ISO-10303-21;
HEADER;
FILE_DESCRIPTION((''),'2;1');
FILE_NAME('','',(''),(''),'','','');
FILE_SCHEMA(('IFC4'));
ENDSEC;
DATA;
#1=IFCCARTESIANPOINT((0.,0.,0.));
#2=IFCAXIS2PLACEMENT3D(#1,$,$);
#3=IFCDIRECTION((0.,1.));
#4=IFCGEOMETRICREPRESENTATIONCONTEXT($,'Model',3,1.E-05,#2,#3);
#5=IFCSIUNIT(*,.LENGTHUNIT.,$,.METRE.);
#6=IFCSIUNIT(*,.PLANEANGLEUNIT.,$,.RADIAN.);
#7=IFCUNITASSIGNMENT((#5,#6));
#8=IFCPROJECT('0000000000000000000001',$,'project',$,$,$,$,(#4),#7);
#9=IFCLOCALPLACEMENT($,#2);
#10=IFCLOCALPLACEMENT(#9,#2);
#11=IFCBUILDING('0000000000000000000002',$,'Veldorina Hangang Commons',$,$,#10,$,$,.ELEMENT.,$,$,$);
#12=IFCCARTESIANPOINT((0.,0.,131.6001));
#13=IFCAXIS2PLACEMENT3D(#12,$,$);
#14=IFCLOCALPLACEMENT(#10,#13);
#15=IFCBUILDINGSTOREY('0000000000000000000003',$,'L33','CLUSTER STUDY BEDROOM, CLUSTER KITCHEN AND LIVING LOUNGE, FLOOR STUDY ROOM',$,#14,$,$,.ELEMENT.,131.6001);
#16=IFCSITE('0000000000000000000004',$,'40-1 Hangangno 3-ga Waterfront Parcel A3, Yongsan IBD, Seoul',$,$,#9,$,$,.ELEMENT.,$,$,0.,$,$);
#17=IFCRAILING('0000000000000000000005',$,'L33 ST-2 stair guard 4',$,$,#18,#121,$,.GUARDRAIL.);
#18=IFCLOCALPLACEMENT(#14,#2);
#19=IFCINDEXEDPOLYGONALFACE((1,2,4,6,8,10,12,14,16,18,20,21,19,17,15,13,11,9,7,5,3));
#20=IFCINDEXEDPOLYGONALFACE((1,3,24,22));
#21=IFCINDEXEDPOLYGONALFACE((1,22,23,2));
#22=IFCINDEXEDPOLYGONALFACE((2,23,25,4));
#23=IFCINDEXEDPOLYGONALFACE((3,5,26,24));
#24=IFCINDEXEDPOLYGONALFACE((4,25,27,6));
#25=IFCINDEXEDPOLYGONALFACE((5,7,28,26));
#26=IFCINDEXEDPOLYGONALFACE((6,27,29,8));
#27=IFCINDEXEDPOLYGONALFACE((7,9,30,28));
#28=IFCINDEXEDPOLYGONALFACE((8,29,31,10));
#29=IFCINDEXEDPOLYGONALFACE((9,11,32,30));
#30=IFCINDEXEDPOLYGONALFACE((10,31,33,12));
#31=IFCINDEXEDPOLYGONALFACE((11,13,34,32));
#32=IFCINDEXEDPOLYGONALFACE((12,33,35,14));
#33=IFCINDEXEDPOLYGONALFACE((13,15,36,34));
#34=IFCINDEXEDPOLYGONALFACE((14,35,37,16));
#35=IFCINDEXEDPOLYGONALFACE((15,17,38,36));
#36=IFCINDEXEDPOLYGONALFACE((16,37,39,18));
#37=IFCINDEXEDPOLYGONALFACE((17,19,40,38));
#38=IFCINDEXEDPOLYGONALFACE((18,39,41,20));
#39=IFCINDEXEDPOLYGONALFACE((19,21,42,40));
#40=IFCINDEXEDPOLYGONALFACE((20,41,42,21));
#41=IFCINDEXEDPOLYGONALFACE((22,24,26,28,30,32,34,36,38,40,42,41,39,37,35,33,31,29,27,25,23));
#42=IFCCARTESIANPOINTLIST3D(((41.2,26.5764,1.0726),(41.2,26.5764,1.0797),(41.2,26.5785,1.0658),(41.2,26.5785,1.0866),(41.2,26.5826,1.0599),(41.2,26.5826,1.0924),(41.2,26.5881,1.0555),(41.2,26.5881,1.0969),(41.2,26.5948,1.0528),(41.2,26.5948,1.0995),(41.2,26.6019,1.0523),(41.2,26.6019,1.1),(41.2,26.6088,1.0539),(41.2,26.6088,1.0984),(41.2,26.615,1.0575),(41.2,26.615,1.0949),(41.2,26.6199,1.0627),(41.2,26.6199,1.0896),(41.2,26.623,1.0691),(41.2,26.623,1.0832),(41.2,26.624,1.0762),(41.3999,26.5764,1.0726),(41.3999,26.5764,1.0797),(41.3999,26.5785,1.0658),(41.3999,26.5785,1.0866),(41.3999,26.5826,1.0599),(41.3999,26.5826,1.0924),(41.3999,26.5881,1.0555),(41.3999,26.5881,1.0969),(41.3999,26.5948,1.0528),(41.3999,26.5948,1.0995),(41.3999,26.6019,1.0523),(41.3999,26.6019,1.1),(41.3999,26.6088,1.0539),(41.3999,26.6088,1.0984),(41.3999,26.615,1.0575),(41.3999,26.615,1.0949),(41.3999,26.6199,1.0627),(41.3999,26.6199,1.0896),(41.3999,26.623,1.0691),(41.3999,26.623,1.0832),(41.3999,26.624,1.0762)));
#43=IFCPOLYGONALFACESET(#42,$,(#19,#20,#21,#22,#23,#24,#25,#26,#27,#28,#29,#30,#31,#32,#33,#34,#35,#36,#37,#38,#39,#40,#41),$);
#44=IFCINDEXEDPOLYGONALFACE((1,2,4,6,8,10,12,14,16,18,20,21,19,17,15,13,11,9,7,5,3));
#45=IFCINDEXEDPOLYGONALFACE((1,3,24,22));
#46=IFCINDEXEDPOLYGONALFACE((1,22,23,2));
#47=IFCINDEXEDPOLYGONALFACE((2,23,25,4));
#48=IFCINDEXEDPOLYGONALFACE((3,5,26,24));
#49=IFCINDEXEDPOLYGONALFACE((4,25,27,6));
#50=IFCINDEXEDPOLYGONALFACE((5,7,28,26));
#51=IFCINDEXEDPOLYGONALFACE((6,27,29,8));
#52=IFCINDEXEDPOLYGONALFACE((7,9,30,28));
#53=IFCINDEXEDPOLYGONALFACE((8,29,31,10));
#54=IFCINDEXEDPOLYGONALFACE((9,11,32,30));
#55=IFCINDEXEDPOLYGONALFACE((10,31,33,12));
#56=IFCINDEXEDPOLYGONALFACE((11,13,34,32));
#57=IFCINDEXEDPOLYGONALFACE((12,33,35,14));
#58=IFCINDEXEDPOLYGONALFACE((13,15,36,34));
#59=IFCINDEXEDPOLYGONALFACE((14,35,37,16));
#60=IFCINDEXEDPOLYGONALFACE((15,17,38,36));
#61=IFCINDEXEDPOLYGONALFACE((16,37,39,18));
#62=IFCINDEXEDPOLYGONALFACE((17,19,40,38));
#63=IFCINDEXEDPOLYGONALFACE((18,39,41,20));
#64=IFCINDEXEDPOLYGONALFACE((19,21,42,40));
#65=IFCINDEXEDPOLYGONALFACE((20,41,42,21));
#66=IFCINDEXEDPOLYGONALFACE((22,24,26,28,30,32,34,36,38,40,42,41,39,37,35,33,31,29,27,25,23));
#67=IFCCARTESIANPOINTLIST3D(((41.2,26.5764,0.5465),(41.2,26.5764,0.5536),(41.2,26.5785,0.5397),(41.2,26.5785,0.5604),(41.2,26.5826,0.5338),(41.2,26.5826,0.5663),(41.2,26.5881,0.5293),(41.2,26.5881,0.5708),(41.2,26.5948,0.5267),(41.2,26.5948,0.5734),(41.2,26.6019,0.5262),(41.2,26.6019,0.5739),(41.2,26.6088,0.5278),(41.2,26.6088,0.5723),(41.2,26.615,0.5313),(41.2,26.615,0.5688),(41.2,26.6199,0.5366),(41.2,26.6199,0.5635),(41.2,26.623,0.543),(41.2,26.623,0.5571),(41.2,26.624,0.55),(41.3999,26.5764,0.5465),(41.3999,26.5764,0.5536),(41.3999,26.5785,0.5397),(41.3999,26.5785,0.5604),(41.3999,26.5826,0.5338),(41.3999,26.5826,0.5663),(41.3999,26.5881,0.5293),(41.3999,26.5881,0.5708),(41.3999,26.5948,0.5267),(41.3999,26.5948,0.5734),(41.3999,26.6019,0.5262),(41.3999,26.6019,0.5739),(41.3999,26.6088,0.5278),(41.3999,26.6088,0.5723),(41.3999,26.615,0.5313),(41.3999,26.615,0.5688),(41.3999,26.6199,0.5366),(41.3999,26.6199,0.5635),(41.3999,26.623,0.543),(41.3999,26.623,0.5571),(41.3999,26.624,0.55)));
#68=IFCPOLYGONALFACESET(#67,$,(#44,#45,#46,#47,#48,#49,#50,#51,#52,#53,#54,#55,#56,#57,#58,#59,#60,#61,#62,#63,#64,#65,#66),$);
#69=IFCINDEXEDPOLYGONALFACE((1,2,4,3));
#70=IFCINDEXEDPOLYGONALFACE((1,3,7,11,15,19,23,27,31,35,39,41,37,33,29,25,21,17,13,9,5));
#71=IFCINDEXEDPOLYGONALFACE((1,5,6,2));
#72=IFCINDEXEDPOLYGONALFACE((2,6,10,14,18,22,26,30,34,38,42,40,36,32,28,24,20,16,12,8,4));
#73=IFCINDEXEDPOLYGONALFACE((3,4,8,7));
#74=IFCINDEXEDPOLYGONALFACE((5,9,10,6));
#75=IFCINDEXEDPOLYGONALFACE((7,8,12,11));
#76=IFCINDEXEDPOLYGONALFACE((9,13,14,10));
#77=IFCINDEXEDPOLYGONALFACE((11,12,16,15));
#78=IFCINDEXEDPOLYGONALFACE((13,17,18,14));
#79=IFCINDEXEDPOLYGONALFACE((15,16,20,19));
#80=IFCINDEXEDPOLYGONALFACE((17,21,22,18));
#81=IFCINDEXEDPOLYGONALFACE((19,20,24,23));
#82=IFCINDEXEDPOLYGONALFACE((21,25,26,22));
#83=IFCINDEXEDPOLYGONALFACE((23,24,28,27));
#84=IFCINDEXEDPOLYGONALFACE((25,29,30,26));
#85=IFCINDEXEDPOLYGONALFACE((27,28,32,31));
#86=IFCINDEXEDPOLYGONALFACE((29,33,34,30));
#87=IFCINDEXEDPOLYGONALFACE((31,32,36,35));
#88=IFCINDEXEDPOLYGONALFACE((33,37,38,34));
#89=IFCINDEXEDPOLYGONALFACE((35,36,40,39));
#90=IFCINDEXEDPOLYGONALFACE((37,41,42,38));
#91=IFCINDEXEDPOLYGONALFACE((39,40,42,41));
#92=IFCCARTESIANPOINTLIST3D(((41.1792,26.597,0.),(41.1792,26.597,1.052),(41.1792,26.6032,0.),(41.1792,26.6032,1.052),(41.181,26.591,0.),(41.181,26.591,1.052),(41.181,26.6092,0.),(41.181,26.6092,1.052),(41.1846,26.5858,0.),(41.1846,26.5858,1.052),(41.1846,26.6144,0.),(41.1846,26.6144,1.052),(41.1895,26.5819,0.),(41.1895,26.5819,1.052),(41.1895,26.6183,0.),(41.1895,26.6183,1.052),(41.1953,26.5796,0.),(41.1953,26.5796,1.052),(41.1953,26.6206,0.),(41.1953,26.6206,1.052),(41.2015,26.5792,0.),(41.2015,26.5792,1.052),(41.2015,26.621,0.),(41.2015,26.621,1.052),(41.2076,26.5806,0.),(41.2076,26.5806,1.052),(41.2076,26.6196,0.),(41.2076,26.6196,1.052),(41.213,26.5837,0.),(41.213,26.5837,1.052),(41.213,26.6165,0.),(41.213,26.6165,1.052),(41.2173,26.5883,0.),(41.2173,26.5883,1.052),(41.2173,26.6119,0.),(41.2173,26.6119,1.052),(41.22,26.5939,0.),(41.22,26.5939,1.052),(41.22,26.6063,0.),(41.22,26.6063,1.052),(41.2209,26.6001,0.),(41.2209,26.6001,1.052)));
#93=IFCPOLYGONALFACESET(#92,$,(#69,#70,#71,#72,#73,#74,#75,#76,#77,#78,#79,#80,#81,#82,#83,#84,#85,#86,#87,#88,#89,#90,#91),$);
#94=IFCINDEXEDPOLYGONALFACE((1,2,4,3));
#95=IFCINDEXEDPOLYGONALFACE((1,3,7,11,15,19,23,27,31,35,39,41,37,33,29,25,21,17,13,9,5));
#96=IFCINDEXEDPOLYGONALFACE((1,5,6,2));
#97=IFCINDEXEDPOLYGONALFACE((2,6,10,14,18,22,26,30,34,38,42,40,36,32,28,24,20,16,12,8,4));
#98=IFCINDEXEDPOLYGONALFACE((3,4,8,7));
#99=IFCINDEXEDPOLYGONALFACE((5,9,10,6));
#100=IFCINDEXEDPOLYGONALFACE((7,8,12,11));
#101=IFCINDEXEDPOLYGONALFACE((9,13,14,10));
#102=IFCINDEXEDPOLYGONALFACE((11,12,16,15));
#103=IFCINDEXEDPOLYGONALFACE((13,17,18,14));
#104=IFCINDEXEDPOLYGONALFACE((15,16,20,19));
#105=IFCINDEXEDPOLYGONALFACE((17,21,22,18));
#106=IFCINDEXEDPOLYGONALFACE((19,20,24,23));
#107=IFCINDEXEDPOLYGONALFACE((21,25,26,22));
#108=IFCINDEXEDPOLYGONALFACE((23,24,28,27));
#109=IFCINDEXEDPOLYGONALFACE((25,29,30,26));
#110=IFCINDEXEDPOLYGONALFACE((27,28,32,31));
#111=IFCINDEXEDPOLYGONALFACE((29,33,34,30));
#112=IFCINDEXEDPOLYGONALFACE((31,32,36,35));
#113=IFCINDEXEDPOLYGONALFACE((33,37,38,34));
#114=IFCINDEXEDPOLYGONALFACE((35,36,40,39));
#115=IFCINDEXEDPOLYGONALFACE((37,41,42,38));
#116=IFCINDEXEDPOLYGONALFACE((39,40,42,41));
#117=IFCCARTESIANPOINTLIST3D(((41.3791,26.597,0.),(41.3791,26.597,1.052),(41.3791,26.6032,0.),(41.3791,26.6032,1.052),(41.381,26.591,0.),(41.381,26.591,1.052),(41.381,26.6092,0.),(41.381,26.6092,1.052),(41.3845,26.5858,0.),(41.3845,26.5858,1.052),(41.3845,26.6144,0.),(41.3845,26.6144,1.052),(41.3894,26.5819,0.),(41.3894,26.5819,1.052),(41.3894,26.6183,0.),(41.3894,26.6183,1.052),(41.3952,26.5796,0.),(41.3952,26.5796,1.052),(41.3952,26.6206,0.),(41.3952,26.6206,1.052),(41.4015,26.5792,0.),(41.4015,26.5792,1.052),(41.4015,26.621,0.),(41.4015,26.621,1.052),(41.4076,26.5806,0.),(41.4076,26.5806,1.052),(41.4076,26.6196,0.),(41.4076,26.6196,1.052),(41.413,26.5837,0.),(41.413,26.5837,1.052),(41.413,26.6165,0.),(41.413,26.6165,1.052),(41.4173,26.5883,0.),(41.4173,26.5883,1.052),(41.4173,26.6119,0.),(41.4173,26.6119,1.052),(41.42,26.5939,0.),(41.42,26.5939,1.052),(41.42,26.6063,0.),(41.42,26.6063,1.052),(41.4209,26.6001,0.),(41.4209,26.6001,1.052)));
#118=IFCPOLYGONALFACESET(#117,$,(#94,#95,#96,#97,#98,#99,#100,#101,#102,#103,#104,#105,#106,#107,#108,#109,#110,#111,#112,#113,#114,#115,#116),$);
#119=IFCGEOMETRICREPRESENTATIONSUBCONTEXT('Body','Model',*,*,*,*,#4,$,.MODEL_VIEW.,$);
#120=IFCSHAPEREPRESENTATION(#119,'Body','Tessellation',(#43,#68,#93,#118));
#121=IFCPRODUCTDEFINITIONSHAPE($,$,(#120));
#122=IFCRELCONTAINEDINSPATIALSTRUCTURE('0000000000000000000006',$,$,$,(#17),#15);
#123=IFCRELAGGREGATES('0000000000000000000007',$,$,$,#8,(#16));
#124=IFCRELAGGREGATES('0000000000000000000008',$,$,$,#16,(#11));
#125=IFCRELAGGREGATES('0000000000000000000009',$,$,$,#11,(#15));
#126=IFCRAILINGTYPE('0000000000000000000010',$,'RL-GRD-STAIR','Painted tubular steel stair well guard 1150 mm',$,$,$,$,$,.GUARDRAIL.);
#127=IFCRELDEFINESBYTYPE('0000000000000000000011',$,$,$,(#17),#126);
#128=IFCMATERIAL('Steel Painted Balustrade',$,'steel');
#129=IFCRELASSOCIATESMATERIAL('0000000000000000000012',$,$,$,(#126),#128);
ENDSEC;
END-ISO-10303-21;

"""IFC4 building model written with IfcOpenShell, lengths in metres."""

from ifc_helpers import new_model, si_unit, direction, frame, origin, origin_2d, place, context, subcontext, project, spatial, circle, extrude, material, type_object, element, save


model = new_model("IFC4")

# Units and contexts
model_context = context("Model", 3, precision=1e-05, world=origin(), true_north=direction((0.0, 1.0)))
body_context = subcontext(model_context, "Body", "Model", "MODEL_VIEW")
ifc_project = project(units=[si_unit("LENGTHUNIT", "METRE"), si_unit("PLANEANGLEUNIT", "RADIAN")], contexts=[model_context])

# Site, building, storey
site_placement = place(None, origin())
site = spatial("IfcSite", under=ifc_project, at=site_placement, Name="40-1 Hangangno 3-ga Waterfront Parcel A3, Yongsan IBD, Seoul", CompositionType="ELEMENT", RefElevation=0.0)
building_placement = place(site_placement, origin())
building = spatial("IfcBuilding", under=site, at=building_placement, Name="Veldorina Hangang Commons", CompositionType="ELEMENT")
storey_placement = place(building_placement, frame((0.0, 0.0, 131.6001)))
storey = spatial("IfcBuildingStorey", under=building, at=storey_placement, Name="L33", Description="CLUSTER STUDY BEDROOM, CLUSTER KITCHEN AND LIVING LOUNGE, FLOOR STUDY ROOM", CompositionType="ELEMENT", Elevation=131.6001)

# Railing
ifc_material_1 = material(Name="Steel Painted Balustrade", Category="steel")
railing_type_1 = type_object("IfcRailingType", Name="RL-GRD-STAIR", Description="Painted tubular steel stair well guard 1150 mm", PredefinedType="GUARDRAIL", material=ifc_material_1)
railing_1_placement = place(storey_placement, frame((41.2, 26.6001, 0.0)))
element("IfcRailing", 1, at=railing_1_placement, inside=storey, type_object=railing_type_1, Name="L33 ST-2 stair guard 4", PredefinedType="GUARDRAIL", context=body_context, shape_type="SweptSolid", body=[
    extrude(circle(Radius=0.0239, at=origin_2d()), frame((0.0, 0.0, 1.0762), z_axis=(1.0, 0.0, 0.0), x_axis=(0.0, 1.0, 0.0)), (0.0, 0.0, 1.0), 0.2),
    extrude(circle(Radius=0.0239, at=origin_2d()), frame((0.0, 0.0, 0.55), z_axis=(1.0, 0.0, 0.0), x_axis=(0.0, 1.0, 0.0)), (0.0, 0.0, 1.0), 0.2),
    extrude(circle(Radius=0.021, at=origin_2d()), origin(), (0.0, 0.0, 1.0), 1.052),
    extrude(circle(Radius=0.021, at=origin_2d()), frame((0.2, 0.0, 0.0)), (0.0, 0.0, 1.0), 1.052),
])

save(model, "model.ifc")
